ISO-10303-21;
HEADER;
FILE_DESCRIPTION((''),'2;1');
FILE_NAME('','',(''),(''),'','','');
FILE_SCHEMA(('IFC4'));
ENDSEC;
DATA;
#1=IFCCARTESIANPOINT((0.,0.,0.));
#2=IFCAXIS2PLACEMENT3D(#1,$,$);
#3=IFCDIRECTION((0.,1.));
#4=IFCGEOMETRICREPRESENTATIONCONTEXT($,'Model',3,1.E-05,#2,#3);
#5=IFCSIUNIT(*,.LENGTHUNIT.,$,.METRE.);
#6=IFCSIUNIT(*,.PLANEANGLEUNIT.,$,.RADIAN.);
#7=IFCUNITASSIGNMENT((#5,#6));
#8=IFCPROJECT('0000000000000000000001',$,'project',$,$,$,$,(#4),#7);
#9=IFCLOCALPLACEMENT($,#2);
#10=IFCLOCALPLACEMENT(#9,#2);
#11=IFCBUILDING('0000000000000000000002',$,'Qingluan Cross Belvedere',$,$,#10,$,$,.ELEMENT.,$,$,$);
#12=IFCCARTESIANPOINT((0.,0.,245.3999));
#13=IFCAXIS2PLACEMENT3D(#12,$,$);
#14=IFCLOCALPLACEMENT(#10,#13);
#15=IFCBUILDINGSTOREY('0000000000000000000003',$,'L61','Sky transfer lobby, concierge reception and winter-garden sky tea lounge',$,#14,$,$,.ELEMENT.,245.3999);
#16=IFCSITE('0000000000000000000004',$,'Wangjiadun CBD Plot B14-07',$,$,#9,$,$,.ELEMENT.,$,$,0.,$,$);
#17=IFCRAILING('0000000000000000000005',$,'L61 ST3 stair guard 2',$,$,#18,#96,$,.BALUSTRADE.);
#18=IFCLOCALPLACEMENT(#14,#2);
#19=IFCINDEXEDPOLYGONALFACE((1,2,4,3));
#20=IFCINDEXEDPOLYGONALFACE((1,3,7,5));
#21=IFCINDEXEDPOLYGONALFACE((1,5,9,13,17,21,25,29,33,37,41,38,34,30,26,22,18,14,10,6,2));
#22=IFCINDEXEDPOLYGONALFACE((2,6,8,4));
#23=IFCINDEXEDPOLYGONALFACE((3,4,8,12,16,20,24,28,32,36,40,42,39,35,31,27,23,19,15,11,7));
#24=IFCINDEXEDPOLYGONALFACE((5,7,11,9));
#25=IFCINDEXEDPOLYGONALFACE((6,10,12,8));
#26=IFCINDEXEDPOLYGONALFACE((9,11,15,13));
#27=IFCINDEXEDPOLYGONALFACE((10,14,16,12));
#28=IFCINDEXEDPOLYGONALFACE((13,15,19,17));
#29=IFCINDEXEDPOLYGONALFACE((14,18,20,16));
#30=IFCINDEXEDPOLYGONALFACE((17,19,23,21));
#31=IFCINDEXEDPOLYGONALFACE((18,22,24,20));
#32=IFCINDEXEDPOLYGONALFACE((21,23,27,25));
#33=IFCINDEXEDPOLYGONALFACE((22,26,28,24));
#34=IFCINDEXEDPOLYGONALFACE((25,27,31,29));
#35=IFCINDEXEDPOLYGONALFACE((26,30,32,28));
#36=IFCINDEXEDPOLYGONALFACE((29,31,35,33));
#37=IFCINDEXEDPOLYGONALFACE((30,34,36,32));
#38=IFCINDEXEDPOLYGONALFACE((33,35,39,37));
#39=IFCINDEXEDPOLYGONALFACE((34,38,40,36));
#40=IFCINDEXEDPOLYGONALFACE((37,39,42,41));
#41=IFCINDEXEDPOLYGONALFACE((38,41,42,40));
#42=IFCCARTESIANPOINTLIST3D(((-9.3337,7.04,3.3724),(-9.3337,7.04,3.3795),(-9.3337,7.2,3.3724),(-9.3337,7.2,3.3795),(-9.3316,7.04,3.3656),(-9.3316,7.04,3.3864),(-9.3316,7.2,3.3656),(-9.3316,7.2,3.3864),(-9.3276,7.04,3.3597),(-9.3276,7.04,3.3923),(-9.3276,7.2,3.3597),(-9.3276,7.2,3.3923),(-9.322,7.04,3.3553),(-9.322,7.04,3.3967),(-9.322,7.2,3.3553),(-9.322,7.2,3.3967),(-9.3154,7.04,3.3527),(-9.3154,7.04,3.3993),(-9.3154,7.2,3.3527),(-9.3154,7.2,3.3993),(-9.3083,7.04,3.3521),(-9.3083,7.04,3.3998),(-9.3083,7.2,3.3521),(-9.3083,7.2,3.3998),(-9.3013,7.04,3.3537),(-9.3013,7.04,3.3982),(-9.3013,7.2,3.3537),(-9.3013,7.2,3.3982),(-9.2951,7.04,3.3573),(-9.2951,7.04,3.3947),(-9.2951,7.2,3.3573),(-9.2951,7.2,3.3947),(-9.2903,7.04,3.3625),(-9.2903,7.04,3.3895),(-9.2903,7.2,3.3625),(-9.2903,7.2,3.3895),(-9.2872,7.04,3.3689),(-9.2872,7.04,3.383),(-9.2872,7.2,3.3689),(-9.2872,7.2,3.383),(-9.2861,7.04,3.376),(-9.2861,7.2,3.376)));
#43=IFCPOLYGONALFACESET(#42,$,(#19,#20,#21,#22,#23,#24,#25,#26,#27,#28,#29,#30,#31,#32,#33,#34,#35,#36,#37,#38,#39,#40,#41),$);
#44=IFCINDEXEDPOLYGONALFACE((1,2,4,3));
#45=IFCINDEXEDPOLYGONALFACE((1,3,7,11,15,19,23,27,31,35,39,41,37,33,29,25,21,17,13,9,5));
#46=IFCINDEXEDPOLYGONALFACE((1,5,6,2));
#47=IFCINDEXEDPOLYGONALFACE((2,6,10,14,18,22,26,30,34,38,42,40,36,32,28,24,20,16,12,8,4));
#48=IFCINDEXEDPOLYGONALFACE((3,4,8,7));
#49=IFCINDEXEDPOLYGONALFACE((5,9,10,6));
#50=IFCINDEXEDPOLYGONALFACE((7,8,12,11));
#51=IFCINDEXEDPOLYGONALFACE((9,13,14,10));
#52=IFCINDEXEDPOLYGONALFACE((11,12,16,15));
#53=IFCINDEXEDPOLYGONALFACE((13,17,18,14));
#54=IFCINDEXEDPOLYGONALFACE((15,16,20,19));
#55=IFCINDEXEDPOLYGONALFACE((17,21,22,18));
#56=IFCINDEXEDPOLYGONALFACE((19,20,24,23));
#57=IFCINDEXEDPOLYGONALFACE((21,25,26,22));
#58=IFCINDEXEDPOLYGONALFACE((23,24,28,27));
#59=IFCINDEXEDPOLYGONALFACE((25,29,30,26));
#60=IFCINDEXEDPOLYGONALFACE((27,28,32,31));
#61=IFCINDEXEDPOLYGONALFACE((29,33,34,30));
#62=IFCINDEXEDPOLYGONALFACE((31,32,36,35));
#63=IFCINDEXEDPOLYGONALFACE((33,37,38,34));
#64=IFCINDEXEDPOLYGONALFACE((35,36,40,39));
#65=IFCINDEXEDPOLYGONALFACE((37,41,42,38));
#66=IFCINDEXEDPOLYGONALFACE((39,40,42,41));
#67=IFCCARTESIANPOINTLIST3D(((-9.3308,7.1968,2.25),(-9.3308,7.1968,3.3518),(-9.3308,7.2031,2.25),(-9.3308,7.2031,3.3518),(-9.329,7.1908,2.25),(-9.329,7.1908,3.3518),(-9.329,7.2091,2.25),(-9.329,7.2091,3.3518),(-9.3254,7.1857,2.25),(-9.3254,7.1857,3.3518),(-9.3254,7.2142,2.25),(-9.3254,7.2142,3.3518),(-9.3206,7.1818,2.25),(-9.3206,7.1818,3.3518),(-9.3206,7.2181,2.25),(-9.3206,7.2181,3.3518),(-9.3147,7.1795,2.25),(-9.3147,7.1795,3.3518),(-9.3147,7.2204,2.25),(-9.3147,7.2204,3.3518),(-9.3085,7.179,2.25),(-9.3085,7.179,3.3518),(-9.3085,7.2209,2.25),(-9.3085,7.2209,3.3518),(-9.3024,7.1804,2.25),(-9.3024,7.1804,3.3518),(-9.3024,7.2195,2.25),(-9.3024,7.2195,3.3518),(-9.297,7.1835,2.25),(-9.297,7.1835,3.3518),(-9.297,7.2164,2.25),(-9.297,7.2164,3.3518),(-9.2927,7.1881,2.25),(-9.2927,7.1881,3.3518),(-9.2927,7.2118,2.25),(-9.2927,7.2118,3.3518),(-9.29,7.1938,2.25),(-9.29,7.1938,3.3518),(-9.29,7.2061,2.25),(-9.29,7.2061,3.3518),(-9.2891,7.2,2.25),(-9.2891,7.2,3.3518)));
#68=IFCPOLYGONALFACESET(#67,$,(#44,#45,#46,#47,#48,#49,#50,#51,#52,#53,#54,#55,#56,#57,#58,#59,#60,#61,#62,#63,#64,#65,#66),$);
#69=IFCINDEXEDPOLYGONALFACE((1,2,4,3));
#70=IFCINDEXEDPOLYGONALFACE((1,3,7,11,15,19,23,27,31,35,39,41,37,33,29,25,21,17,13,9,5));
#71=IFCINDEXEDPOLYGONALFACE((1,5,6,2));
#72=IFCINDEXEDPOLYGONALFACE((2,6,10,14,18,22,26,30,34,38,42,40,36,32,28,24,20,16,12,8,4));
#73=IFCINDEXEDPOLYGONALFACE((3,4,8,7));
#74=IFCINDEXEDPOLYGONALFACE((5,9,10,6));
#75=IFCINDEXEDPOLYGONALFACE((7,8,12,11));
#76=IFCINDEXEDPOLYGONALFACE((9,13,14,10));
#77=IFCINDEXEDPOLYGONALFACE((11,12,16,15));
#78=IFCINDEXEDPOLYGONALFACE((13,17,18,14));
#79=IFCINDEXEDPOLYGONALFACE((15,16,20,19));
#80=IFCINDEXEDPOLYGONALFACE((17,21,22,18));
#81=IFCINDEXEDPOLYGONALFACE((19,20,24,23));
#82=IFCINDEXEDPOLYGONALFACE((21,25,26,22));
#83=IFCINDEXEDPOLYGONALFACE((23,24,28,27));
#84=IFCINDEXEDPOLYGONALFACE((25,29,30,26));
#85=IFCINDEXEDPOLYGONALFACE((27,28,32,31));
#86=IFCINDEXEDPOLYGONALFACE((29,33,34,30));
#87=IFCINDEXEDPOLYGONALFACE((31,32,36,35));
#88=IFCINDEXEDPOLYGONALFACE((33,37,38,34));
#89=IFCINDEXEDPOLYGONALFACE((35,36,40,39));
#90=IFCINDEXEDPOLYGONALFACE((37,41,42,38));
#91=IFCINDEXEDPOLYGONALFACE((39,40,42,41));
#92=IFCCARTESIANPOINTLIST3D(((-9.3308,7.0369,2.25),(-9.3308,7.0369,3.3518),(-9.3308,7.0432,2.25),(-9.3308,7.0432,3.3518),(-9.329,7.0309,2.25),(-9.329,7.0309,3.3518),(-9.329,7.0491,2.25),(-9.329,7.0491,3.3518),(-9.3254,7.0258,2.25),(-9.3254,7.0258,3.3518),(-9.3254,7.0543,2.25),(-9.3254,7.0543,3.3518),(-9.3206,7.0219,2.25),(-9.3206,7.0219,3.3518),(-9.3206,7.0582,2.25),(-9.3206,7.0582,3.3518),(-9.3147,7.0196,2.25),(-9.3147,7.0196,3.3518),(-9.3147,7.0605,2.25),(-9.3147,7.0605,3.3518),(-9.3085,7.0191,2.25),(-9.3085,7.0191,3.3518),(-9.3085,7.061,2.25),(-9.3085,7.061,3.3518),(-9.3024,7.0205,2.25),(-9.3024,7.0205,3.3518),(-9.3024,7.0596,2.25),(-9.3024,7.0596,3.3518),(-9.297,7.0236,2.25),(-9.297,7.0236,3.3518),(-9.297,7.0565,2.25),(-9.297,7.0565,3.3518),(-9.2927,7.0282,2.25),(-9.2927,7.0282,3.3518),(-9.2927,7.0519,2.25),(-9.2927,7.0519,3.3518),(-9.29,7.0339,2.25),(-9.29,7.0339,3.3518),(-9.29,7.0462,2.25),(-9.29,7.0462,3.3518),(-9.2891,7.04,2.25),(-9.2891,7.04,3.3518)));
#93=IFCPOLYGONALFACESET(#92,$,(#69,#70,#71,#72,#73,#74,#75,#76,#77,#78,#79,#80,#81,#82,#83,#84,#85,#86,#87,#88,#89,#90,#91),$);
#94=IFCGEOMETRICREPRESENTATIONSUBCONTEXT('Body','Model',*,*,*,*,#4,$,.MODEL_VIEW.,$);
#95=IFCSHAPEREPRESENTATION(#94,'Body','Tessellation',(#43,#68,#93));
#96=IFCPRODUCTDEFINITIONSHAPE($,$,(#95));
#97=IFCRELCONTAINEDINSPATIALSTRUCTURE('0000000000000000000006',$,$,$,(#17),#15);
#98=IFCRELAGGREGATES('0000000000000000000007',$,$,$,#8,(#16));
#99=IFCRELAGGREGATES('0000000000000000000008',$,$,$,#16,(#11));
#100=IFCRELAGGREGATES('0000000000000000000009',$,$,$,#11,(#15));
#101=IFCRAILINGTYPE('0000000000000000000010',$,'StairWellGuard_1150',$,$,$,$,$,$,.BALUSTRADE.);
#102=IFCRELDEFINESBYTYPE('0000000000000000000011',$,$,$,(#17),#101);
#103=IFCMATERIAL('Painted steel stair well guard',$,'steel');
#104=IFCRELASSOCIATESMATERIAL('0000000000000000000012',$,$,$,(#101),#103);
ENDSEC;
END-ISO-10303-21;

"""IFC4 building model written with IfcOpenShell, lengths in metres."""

from ifc_helpers import new_model, si_unit, direction, frame, origin, origin_2d, place, context, subcontext, project, spatial, circle, extrude, material, type_object, element, save


model = new_model("IFC4")

# Units and contexts
model_context = context("Model", 3, precision=1e-05, world=origin(), true_north=direction((0.0, 1.0)))
body_context = subcontext(model_context, "Body", "Model", "MODEL_VIEW")
ifc_project = project(units=[si_unit("LENGTHUNIT", "METRE"), si_unit("PLANEANGLEUNIT", "RADIAN")], contexts=[model_context])

# Site, building, storey
site_placement = place(None, origin())
site = spatial("IfcSite", under=ifc_project, at=site_placement, Name="Wangjiadun CBD Plot B14-07", CompositionType="ELEMENT", RefElevation=0.0)
building_placement = place(site_placement, origin())
building = spatial("IfcBuilding", under=site, at=building_placement, Name="Qingluan Cross Belvedere", CompositionType="ELEMENT")
storey_placement = place(building_placement, frame((0.0, 0.0, 245.3999)))
storey = spatial("IfcBuildingStorey", under=building, at=storey_placement, Name="L61", Description="Sky transfer lobby, concierge reception and winter-garden sky tea lounge", CompositionType="ELEMENT", Elevation=245.3999)

# Railing
ifc_material_1 = material(Name="Painted steel stair well guard", Category="steel")
railing_type_1 = type_object("IfcRailingType", Name="StairWellGuard_1150", PredefinedType="BALUSTRADE", material=ifc_material_1)
railing_1_placement = place(storey_placement, frame((-9.3101, 7.2, 2.25)))
element("IfcRailing", 1, at=railing_1_placement, inside=storey, type_object=railing_type_1, Name="L61 ST3 stair guard 2", PredefinedType="BALUSTRADE", context=body_context, shape_type="SweptSolid", body=[
    extrude(circle(Radius=0.0239, at=origin_2d()), frame((0.0, 0.0, 1.126), z_axis=(0.0, -1.0, 0.0), x_axis=(1.0, 0.0, 0.0)), (0.0, 0.0, 1.0), 0.1599),
    extrude(circle(Radius=0.021, at=origin_2d()), origin(), (0.0, 0.0, 1.0), 1.1018),
    extrude(circle(Radius=0.021, at=origin_2d()), frame((0.0, -0.1599, 0.0)), (0.0, 0.0, 1.0), 1.1018),
])

save(model, "model.ifc")
